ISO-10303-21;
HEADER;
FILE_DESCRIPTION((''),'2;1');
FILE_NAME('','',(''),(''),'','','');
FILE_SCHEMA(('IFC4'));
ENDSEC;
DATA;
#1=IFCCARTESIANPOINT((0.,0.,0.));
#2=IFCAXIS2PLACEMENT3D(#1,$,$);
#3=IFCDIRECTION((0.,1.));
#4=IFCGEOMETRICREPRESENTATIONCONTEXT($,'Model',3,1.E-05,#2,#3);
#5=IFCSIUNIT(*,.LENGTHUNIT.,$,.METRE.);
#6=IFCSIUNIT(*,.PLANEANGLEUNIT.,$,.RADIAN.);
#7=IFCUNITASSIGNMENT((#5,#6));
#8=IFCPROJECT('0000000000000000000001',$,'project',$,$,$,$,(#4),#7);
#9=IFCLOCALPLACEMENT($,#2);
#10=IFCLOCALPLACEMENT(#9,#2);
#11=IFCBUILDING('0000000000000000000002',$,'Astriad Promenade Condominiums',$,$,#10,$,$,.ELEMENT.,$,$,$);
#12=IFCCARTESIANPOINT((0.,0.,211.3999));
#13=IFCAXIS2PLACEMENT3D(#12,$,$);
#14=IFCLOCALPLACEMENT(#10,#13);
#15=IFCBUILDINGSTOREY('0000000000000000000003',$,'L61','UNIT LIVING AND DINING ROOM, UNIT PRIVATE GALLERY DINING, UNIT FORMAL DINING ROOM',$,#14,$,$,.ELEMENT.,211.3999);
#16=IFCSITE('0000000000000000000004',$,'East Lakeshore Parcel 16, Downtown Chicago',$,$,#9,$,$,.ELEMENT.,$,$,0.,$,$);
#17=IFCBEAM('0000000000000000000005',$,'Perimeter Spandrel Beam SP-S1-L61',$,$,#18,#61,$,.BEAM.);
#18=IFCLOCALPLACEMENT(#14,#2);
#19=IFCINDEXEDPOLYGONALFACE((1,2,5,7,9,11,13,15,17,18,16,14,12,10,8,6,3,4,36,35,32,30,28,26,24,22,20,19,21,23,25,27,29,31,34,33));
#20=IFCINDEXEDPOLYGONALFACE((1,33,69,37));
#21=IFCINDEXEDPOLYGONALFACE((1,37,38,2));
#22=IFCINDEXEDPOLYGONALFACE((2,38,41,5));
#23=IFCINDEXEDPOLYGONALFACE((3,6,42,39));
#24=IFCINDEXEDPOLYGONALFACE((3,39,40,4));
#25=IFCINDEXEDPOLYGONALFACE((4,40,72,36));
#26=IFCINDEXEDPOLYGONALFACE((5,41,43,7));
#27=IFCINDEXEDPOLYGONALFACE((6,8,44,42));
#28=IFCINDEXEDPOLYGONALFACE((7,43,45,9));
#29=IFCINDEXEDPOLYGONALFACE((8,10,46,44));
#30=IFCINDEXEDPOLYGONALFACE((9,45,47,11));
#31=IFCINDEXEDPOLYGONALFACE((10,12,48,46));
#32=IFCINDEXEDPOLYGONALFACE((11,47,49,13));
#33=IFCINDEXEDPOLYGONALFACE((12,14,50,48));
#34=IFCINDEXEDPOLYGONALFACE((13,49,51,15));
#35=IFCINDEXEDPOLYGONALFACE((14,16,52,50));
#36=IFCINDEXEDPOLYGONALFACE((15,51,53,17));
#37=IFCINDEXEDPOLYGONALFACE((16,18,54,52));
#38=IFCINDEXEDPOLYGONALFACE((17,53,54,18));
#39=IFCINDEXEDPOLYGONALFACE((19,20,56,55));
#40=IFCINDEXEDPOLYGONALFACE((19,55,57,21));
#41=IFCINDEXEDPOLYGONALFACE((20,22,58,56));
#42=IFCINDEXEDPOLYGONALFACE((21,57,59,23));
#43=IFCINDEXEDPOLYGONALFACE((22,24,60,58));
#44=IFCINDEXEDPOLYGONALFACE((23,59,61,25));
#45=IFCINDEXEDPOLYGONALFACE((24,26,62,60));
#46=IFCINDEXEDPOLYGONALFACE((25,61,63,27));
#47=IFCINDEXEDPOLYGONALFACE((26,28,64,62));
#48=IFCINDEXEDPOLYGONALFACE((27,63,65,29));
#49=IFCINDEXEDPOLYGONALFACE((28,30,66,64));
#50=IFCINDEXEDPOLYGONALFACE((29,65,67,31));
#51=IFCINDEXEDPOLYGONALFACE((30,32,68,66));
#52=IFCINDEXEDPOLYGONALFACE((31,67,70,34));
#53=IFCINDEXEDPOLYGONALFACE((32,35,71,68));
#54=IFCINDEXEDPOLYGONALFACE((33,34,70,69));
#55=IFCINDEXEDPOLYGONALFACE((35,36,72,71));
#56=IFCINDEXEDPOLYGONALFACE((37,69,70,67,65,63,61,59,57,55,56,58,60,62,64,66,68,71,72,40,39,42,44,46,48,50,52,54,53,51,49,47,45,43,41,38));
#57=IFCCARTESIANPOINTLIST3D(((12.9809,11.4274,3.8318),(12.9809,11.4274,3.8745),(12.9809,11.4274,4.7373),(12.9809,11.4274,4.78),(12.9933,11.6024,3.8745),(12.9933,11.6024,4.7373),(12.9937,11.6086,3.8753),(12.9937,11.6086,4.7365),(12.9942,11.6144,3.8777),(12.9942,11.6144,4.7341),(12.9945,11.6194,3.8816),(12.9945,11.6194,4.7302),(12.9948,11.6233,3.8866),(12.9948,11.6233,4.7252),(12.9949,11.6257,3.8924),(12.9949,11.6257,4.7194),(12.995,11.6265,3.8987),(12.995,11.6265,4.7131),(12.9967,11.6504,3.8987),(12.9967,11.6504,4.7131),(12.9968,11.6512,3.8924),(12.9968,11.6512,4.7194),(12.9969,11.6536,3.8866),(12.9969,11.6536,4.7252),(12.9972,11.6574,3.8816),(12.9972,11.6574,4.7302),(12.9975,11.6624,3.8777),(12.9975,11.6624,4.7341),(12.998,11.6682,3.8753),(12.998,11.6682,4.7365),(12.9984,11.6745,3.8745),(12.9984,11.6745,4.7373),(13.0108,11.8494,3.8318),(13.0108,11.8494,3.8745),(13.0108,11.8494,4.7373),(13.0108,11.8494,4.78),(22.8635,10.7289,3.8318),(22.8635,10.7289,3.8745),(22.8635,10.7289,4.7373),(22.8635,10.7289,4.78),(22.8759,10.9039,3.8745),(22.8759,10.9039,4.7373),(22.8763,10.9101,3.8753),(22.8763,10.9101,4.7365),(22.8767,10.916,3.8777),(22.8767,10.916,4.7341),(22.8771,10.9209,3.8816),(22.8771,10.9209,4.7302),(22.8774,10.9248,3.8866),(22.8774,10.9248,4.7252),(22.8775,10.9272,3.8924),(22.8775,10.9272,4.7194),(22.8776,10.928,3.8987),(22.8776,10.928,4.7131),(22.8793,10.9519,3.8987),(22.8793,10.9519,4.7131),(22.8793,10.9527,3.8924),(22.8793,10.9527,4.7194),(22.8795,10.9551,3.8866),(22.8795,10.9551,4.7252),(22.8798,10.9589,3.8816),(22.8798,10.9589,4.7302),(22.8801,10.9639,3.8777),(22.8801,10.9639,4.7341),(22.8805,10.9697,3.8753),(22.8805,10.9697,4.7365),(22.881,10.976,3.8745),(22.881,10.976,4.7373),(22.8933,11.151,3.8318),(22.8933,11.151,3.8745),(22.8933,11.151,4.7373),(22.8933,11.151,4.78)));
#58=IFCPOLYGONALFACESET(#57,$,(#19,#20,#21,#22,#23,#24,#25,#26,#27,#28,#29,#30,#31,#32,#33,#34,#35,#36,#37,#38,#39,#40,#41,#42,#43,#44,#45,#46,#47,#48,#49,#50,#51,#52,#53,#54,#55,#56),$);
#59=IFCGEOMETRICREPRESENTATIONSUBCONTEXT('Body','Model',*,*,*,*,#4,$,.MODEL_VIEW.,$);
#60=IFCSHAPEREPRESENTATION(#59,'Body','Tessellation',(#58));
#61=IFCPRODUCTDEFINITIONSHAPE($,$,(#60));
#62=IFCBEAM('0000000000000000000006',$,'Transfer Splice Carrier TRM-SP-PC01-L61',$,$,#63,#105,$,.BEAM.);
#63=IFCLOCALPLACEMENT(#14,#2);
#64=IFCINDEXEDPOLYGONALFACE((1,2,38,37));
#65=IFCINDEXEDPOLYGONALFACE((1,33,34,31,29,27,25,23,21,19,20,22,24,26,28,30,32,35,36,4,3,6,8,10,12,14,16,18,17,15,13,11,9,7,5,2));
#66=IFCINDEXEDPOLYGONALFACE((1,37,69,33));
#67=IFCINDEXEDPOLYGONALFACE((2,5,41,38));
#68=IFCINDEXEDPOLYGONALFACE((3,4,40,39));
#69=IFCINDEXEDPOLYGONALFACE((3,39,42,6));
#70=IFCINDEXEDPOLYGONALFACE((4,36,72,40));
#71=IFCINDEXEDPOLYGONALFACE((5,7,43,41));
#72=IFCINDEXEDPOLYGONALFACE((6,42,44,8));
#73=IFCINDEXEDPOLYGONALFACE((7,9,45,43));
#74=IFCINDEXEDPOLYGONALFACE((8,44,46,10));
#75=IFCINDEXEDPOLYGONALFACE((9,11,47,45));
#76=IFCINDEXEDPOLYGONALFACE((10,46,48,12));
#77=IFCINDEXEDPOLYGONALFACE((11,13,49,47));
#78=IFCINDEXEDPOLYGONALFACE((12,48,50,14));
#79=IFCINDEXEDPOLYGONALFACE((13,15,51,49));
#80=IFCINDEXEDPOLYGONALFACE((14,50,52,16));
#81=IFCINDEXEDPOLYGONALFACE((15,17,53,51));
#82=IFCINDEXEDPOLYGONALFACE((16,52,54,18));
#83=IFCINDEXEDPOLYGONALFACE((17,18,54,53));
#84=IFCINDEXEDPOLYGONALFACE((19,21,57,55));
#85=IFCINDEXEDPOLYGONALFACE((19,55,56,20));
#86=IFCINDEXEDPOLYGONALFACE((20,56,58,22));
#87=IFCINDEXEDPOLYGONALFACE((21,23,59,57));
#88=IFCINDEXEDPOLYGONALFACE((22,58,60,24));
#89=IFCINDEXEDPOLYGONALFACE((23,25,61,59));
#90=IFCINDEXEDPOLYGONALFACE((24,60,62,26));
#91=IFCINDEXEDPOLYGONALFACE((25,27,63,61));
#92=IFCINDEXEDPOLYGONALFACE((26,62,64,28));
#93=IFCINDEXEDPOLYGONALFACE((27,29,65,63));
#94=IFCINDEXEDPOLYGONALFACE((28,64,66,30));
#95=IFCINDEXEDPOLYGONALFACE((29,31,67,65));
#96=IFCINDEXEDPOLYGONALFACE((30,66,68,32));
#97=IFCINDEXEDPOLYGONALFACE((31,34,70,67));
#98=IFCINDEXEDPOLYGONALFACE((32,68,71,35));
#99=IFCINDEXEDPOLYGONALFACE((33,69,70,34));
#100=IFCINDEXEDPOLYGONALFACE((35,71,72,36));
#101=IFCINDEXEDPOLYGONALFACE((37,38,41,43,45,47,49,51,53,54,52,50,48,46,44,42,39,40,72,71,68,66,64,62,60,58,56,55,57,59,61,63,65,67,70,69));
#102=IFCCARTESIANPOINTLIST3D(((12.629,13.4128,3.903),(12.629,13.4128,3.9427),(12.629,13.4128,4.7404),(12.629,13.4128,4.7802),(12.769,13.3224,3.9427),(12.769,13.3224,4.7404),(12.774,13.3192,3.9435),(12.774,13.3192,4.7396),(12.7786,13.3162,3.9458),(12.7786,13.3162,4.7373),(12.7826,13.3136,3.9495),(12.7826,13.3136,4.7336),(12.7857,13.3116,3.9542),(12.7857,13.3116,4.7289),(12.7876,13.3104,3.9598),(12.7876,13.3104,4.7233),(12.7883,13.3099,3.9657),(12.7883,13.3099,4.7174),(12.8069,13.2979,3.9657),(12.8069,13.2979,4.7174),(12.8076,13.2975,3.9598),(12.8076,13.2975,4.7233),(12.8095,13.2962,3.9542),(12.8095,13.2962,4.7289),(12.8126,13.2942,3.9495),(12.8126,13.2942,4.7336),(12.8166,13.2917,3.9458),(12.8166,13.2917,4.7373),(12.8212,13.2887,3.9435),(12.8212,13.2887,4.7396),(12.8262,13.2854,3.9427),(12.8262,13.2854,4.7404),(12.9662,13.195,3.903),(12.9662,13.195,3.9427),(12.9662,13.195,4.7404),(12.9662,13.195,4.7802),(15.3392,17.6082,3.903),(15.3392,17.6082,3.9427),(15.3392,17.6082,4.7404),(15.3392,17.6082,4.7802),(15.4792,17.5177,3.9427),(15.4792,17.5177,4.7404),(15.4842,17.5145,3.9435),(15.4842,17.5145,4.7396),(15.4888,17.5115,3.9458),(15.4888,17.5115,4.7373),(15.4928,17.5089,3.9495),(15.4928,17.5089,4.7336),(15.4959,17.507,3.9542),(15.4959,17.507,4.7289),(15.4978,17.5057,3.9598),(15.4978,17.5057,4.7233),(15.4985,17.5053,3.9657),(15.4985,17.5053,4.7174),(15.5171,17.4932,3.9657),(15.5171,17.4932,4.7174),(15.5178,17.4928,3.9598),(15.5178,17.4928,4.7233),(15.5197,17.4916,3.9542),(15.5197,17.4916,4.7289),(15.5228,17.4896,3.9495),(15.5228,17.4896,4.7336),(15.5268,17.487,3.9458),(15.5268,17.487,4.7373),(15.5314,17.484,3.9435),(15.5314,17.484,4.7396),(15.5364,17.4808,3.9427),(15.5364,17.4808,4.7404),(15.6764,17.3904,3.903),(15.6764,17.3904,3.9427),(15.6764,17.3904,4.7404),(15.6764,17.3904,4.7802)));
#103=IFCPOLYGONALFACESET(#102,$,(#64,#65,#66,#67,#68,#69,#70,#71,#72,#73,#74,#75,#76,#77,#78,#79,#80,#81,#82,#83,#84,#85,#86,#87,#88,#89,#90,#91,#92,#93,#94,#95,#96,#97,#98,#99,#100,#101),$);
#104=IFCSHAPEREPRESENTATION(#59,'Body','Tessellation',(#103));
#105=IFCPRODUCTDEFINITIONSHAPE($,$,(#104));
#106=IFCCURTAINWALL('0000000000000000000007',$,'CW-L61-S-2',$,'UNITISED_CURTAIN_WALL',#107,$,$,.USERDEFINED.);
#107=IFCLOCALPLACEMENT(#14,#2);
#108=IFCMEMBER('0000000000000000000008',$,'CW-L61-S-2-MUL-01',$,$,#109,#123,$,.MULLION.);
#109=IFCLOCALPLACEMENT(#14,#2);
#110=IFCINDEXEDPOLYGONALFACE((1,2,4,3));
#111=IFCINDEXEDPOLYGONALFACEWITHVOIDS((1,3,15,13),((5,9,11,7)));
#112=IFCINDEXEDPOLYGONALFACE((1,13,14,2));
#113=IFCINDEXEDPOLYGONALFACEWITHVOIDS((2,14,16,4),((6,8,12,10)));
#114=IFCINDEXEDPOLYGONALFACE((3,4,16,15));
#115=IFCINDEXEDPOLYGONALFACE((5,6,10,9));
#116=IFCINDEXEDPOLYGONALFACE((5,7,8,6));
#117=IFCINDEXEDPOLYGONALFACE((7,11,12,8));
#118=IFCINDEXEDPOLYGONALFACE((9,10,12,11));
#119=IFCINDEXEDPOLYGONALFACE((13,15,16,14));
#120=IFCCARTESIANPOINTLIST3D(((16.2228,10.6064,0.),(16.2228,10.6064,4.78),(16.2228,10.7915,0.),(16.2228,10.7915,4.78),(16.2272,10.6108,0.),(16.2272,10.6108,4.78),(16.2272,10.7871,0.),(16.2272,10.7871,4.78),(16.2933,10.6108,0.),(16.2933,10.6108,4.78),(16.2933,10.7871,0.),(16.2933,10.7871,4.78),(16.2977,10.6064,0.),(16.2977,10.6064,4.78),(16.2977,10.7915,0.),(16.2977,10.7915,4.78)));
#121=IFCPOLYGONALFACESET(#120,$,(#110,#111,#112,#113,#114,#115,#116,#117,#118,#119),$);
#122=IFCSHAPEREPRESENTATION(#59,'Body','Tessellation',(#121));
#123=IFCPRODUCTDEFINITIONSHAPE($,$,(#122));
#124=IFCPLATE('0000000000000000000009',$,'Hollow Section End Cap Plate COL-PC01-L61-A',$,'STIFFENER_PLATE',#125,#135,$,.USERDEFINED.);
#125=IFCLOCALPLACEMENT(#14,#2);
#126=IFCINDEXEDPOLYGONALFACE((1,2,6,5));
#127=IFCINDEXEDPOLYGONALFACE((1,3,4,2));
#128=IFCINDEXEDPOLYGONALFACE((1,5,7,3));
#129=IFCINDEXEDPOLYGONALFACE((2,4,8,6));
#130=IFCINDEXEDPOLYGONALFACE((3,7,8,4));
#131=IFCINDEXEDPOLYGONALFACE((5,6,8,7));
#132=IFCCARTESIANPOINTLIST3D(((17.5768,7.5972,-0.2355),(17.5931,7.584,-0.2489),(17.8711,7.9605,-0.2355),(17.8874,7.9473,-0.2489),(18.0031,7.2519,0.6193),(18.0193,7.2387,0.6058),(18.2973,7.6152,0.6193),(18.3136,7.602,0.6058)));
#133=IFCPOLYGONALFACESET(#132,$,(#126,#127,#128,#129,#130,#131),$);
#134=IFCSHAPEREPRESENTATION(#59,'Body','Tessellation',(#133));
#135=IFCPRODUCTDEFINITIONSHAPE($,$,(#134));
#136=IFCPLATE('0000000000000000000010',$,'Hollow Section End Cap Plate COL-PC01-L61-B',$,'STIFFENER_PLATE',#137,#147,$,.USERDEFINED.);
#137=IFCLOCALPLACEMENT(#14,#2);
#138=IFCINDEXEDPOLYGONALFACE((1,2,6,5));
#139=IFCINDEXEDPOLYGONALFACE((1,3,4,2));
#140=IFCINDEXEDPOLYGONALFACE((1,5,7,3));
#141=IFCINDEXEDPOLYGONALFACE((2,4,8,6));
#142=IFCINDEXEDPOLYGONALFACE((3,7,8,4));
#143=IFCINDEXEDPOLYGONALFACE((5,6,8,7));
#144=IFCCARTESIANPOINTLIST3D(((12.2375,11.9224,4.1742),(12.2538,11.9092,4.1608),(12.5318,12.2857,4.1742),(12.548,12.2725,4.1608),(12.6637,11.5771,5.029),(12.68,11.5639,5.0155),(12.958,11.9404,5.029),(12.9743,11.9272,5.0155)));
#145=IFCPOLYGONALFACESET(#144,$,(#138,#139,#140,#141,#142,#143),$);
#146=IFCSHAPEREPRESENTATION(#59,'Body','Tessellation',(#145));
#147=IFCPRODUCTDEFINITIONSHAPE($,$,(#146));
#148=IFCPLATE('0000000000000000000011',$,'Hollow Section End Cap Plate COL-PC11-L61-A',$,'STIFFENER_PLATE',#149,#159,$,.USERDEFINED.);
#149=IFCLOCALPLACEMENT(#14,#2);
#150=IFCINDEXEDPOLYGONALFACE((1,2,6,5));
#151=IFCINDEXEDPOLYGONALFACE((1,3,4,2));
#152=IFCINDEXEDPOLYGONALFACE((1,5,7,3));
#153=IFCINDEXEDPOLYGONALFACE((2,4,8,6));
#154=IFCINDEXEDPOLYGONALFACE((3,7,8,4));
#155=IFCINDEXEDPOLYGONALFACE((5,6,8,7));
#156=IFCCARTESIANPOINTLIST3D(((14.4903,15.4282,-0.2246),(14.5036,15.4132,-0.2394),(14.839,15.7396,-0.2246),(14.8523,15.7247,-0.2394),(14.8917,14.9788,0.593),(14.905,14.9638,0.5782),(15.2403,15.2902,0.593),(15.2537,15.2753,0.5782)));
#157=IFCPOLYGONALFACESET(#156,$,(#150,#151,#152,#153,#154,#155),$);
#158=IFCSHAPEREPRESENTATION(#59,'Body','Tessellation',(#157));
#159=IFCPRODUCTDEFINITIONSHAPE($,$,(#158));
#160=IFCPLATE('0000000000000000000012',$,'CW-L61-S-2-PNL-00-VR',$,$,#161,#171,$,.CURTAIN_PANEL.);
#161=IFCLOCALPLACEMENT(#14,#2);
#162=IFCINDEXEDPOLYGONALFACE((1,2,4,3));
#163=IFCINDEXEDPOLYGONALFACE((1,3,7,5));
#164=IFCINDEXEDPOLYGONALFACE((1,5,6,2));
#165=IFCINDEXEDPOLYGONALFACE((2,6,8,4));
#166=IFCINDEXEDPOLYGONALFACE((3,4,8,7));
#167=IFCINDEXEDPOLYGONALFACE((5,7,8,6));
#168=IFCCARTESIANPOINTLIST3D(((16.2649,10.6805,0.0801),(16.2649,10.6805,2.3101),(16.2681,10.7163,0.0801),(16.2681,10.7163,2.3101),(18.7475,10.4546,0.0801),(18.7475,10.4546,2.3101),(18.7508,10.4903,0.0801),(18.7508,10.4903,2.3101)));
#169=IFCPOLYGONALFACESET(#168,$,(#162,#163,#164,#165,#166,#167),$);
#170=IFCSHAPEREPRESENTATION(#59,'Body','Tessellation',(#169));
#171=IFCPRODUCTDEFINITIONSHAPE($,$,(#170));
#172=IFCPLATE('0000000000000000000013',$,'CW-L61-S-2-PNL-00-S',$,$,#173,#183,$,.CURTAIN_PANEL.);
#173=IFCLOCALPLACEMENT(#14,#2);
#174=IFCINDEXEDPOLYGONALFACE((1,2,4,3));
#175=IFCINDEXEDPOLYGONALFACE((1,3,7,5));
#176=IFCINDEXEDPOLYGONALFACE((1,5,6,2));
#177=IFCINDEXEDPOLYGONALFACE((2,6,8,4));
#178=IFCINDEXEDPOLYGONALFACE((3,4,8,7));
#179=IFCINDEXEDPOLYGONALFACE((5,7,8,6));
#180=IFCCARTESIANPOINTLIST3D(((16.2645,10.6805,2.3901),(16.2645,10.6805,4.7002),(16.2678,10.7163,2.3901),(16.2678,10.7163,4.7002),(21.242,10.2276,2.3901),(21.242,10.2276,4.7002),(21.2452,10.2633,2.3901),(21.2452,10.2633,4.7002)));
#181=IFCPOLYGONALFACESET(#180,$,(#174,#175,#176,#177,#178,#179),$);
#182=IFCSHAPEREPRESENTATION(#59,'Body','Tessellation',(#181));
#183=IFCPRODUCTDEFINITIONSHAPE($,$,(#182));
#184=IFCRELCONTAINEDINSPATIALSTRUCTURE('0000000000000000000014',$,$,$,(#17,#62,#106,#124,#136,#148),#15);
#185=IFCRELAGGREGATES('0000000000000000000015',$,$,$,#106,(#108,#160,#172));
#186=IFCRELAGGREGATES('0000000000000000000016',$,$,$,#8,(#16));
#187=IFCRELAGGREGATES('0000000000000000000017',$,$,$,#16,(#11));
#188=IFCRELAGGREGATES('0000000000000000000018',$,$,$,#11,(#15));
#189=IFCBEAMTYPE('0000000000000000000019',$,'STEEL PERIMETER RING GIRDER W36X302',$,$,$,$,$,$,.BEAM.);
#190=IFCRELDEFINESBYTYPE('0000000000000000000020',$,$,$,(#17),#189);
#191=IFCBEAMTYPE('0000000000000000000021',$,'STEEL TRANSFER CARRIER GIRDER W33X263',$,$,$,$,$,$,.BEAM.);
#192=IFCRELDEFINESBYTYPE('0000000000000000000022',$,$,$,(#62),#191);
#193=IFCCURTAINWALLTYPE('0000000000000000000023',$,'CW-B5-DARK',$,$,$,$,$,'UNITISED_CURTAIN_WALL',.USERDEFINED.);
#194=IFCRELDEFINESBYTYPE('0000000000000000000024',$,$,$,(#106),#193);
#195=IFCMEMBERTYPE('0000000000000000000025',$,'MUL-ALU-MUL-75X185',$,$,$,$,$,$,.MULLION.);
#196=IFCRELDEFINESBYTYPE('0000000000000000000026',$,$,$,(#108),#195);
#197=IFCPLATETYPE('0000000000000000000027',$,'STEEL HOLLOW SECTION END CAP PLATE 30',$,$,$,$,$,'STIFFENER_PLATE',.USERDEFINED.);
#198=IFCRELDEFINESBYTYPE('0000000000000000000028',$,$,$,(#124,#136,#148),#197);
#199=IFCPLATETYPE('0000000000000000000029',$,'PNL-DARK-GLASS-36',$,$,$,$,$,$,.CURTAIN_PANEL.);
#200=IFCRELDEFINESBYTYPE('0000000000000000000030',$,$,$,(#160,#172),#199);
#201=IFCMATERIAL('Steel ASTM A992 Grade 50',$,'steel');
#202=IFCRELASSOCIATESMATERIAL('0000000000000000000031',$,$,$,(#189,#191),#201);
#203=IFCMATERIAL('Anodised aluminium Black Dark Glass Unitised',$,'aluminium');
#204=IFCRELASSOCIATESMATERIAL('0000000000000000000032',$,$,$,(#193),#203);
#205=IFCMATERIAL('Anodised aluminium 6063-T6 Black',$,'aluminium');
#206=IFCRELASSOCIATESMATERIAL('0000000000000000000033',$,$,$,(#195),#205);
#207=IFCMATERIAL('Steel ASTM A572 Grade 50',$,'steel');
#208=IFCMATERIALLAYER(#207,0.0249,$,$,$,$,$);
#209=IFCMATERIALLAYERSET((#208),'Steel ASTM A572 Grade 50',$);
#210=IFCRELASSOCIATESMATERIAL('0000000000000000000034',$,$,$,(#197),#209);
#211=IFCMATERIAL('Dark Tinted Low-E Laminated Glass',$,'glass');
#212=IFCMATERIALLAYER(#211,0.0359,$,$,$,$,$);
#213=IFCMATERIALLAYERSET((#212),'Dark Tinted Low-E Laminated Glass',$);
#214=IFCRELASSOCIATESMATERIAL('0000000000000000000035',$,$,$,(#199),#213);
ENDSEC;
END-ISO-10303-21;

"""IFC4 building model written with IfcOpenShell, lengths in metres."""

from ifc_helpers import new_model, si_unit, direction, frame, origin, origin_2d, place, context, subcontext, project, spatial, rectangle, hollow_rectangle, i_section, extrude, source, transform, mapped, material, layer, layer_set, material_profile, profile_set, type_object, type_shapes, element, aggregate, save


model = new_model("IFC4")

# Units and contexts
model_context = context("Model", 3, precision=1e-05, world=origin(), true_north=direction((0.0, 1.0)))
body_context = subcontext(model_context, "Body", "Model", "MODEL_VIEW")
ifc_project = project(units=[si_unit("LENGTHUNIT", "METRE"), si_unit("PLANEANGLEUNIT", "RADIAN")], contexts=[model_context])

# Site, building, storey
site_placement = place(None, origin())
site = spatial("IfcSite", under=ifc_project, at=site_placement, Name="East Lakeshore Parcel 16, Downtown Chicago", CompositionType="ELEMENT", RefElevation=0.0)
building_placement = place(site_placement, origin())
building = spatial("IfcBuilding", under=site, at=building_placement, Name="Astriad Promenade Condominiums", CompositionType="ELEMENT")
storey_placement = place(building_placement, frame((0.0, 0.0, 211.3999)))
storey = spatial("IfcBuildingStorey", under=building, at=storey_placement, Name="L61", Description="UNIT LIVING AND DINING ROOM, UNIT PRIVATE GALLERY DINING, UNIT FORMAL DINING ROOM", CompositionType="ELEMENT", Elevation=211.3999)

# Shared definitions
ifc_material_1 = material(Name="Steel ASTM A992 Grade 50", Category="steel")

# Beams
ifc_material_profile_1 = material_profile(ifc_material_1, i_section(OverallWidth=0.4231, OverallDepth=0.9482, WebThickness=0.0239, FlangeThickness=0.0427, FilletRadius=0.0242, at=origin_2d()), Name="W36X302")
ifc_profile_set_1 = profile_set([ifc_material_profile_1], Name="Steel ASTM A992 Grade 50")
beam_type_1 = type_object("IfcBeamType", Name="STEEL PERIMETER RING GIRDER W36X302", PredefinedType="BEAM", material=ifc_profile_set_1)
shared_shape_1 = source(origin(), body_context, "Body", "SweptSolid", [
    extrude(i_section(OverallWidth=0.4231, OverallDepth=0.9482, WebThickness=0.0239, FlangeThickness=0.0427, FilletRadius=0.0242, at=origin_2d()), origin(), (0.0, 0.0, 1.0), 9.9072),
])
type_shapes(beam_type_1, [shared_shape_1])
beam_1_placement = place(storey_placement, frame((12.9958, 11.6384, 4.3059), z_axis=(0.997512, -0.070503, 0.0), x_axis=(0.070503, 0.997512, 0.0)))
element("IfcBeam", 1, at=beam_1_placement, inside=storey, type_object=beam_type_1, Name="Perimeter Spandrel Beam SP-S1-L61", PredefinedType="BEAM", context=body_context, shape_type="MappedRepresentation", body=[
    mapped(shared_shape_1, transform((0.0, 0.0, 0.0), scale=1.0)),
])
ifc_material_profile_2 = material_profile(ifc_material_1, i_section(OverallWidth=0.4014, OverallDepth=0.8772, WebThickness=0.0222, FlangeThickness=0.0398, FilletRadius=0.0229, at=origin_2d()), Name="W33X263")
ifc_profile_set_2 = profile_set([ifc_material_profile_2], Name="Steel ASTM A992 Grade 50")
beam_type_2 = type_object("IfcBeamType", Name="STEEL TRANSFER CARRIER GIRDER W33X263", PredefinedType="BEAM", material=ifc_profile_set_2)
shared_shape_2 = source(origin(), body_context, "Body", "SweptSolid", [
    extrude(i_section(OverallWidth=0.4014, OverallDepth=0.8772, WebThickness=0.0222, FlangeThickness=0.0398, FilletRadius=0.0229, at=origin_2d()), origin(), (0.0, 0.0, 1.0), 4.9946),
])
type_shapes(beam_type_2, [shared_shape_2])
beam_2_placement = place(storey_placement, frame((15.5078, 17.4993, 4.3416), z_axis=(-0.542629, -0.839973, 0.0), x_axis=(0.839973, -0.542629, 0.0)))
element("IfcBeam", 2, at=beam_2_placement, inside=storey, type_object=beam_type_2, Name="Transfer Splice Carrier TRM-SP-PC01-L61", PredefinedType="BEAM", context=body_context, shape_type="MappedRepresentation", body=[
    mapped(shared_shape_2, transform((0.0, 0.0, 0.0), scale=1.0)),
])

# Curtain wall, member
ifc_material_2 = material(Name="Anodised aluminium Black Dark Glass Unitised", Category="aluminium")
curtain_wall_type = type_object("IfcCurtainWallType", Name="CW-B5-DARK", ElementType="UNITISED_CURTAIN_WALL", PredefinedType="USERDEFINED", material=ifc_material_2)
curtain_wall_placement = place(storey_placement, origin())
curtain_wall = element("IfcCurtainWall", 3, at=curtain_wall_placement, inside=storey, type_object=curtain_wall_type, Name="CW-L61-S-2", ObjectType="UNITISED_CURTAIN_WALL", PredefinedType="USERDEFINED")
ifc_material_3 = material(Name="Anodised aluminium 6063-T6 Black", Category="aluminium")
ifc_material_profile_3 = material_profile(ifc_material_3, hollow_rectangle(XDim=0.075, YDim=0.1851, WallThickness=0.0044, at=origin_2d()), Name="ALU-MUL-75X185")
ifc_profile_set_3 = profile_set([ifc_material_profile_3], Name="Anodised aluminium 6063-T6 Black")
member_type = type_object("IfcMemberType", Name="MUL-ALU-MUL-75X185", PredefinedType="MULLION", material=ifc_profile_set_3)
shared_shape_3 = source(origin(), body_context, "Body", "SweptSolid", [
    extrude(hollow_rectangle(XDim=0.075, YDim=0.1851, WallThickness=0.0044, at=origin_2d()), origin(), (0.0, 0.0, 1.0), 4.78),
])
type_shapes(member_type, [shared_shape_3])
member_placement = place(storey_placement, frame((16.2603, 10.699, 0.0), z_axis=(0.0, 0.0, 1.0), x_axis=(1.0, 0.0, 0.0)))
member = element("IfcMember", 4, at=member_placement, type_object=member_type, Name="CW-L61-S-2-MUL-01", PredefinedType="MULLION", context=body_context, shape_type="MappedRepresentation", body=[
    mapped(shared_shape_3, transform((0.0, 0.0, 0.0), scale=1.0)),
])

# Plates
ifc_material_4 = material(Name="Steel ASTM A572 Grade 50", Category="steel")
ifc_layer_1 = layer(ifc_material_4, 0.0249)
ifc_layer_set_1 = layer_set([ifc_layer_1], Name="Steel ASTM A572 Grade 50")
plate_type_1 = type_object("IfcPlateType", Name="STEEL HOLLOW SECTION END CAP PLATE 30", ElementType="STIFFENER_PLATE", PredefinedType="USERDEFINED", material=ifc_layer_set_1)
shared_shape_4 = source(origin(), body_context, "Body", "SweptSolid", [
    extrude(rectangle(XDim=0.4675, YDim=1.0156, at=origin_2d()), origin(), (0.0, 0.0, 1.0), 0.0249),
])
type_shapes(plate_type_1, [shared_shape_4])
for number, where, z_axis, x_axis, name in (
    (5, (17.9534, 7.593, 0.1785), (-0.653951, 0.529755, 0.5401), (-0.629461, -0.777032, 0.0), "Hollow Section End Cap Plate COL-PC01-L61-A"),
    (6, (12.614, 11.9182, 4.5881), (-0.653951, 0.529755, 0.5401), (-0.629461, -0.777032, 0.0), "Hollow Section End Cap Plate COL-PC01-L61-B"),
    (7, (14.8787, 15.3442, 0.1694), (-0.536244, 0.600389, 0.593275), (-0.745825, -0.666142, 0.0), "Hollow Section End Cap Plate COL-PC11-L61-A"),
):
    element("IfcPlate", number, at=place(storey_placement, frame(where, z_axis=z_axis, x_axis=x_axis)), inside=storey, type_object=plate_type_1, Name=name, ObjectType="STIFFENER_PLATE", PredefinedType="USERDEFINED", context=body_context, shape_type="MappedRepresentation", body=[
        mapped(shared_shape_4, transform((0.0, 0.0, 0.0), scale=1.0)),
    ])

# Plates
ifc_material_5 = material(Name="Dark Tinted Low-E Laminated Glass", Category="glass")
ifc_layer_2 = layer(ifc_material_5, 0.0359)
ifc_layer_set_2 = layer_set([ifc_layer_2], Name="Dark Tinted Low-E Laminated Glass")
plate_type_2 = type_object("IfcPlateType", Name="PNL-DARK-GLASS-36", PredefinedType="CURTAIN_PANEL", material=ifc_layer_set_2)
shared_shape_5 = source(origin(), body_context, "Body", "SweptSolid", [
    extrude(rectangle(XDim=2.4929, YDim=0.0359, at=origin_2d()), origin(), (0.0, 0.0, 1.0), 2.23),
])
plate_1_placement = place(storey_placement, frame((17.5078, 10.5854, 0.0801), z_axis=(0.0, 0.0, 1.0), x_axis=(-0.995884, 0.090633, 0.0)))
plate_1 = element("IfcPlate", 8, at=plate_1_placement, type_object=plate_type_2, Name="CW-L61-S-2-PNL-00-VR", PredefinedType="CURTAIN_PANEL", context=body_context, shape_type="MappedRepresentation", body=[
    mapped(shared_shape_5, transform((0.0, 0.0, 0.0), scale=1.0)),
])
shared_shape_6 = source(origin(), body_context, "Body", "SweptSolid", [
    extrude(rectangle(XDim=4.998, YDim=0.0359, at=origin_2d()), origin(), (0.0, 0.0, 1.0), 2.3101),
])
type_shapes(plate_type_2, [shared_shape_5, shared_shape_6])
plate_2_placement = place(storey_placement, frame((18.7549, 10.4719, 2.3901), z_axis=(0.0, 0.0, 1.0), x_axis=(-0.995884, 0.090633, 0.0)))
plate_2 = element("IfcPlate", 9, at=plate_2_placement, type_object=plate_type_2, Name="CW-L61-S-2-PNL-00-S", PredefinedType="CURTAIN_PANEL", context=body_context, shape_type="MappedRepresentation", body=[
    mapped(shared_shape_6, transform((0.0, 0.0, 0.0), scale=1.0)),
])
aggregate(curtain_wall, [member, plate_1, plate_2])

save(model, "model.ifc")
